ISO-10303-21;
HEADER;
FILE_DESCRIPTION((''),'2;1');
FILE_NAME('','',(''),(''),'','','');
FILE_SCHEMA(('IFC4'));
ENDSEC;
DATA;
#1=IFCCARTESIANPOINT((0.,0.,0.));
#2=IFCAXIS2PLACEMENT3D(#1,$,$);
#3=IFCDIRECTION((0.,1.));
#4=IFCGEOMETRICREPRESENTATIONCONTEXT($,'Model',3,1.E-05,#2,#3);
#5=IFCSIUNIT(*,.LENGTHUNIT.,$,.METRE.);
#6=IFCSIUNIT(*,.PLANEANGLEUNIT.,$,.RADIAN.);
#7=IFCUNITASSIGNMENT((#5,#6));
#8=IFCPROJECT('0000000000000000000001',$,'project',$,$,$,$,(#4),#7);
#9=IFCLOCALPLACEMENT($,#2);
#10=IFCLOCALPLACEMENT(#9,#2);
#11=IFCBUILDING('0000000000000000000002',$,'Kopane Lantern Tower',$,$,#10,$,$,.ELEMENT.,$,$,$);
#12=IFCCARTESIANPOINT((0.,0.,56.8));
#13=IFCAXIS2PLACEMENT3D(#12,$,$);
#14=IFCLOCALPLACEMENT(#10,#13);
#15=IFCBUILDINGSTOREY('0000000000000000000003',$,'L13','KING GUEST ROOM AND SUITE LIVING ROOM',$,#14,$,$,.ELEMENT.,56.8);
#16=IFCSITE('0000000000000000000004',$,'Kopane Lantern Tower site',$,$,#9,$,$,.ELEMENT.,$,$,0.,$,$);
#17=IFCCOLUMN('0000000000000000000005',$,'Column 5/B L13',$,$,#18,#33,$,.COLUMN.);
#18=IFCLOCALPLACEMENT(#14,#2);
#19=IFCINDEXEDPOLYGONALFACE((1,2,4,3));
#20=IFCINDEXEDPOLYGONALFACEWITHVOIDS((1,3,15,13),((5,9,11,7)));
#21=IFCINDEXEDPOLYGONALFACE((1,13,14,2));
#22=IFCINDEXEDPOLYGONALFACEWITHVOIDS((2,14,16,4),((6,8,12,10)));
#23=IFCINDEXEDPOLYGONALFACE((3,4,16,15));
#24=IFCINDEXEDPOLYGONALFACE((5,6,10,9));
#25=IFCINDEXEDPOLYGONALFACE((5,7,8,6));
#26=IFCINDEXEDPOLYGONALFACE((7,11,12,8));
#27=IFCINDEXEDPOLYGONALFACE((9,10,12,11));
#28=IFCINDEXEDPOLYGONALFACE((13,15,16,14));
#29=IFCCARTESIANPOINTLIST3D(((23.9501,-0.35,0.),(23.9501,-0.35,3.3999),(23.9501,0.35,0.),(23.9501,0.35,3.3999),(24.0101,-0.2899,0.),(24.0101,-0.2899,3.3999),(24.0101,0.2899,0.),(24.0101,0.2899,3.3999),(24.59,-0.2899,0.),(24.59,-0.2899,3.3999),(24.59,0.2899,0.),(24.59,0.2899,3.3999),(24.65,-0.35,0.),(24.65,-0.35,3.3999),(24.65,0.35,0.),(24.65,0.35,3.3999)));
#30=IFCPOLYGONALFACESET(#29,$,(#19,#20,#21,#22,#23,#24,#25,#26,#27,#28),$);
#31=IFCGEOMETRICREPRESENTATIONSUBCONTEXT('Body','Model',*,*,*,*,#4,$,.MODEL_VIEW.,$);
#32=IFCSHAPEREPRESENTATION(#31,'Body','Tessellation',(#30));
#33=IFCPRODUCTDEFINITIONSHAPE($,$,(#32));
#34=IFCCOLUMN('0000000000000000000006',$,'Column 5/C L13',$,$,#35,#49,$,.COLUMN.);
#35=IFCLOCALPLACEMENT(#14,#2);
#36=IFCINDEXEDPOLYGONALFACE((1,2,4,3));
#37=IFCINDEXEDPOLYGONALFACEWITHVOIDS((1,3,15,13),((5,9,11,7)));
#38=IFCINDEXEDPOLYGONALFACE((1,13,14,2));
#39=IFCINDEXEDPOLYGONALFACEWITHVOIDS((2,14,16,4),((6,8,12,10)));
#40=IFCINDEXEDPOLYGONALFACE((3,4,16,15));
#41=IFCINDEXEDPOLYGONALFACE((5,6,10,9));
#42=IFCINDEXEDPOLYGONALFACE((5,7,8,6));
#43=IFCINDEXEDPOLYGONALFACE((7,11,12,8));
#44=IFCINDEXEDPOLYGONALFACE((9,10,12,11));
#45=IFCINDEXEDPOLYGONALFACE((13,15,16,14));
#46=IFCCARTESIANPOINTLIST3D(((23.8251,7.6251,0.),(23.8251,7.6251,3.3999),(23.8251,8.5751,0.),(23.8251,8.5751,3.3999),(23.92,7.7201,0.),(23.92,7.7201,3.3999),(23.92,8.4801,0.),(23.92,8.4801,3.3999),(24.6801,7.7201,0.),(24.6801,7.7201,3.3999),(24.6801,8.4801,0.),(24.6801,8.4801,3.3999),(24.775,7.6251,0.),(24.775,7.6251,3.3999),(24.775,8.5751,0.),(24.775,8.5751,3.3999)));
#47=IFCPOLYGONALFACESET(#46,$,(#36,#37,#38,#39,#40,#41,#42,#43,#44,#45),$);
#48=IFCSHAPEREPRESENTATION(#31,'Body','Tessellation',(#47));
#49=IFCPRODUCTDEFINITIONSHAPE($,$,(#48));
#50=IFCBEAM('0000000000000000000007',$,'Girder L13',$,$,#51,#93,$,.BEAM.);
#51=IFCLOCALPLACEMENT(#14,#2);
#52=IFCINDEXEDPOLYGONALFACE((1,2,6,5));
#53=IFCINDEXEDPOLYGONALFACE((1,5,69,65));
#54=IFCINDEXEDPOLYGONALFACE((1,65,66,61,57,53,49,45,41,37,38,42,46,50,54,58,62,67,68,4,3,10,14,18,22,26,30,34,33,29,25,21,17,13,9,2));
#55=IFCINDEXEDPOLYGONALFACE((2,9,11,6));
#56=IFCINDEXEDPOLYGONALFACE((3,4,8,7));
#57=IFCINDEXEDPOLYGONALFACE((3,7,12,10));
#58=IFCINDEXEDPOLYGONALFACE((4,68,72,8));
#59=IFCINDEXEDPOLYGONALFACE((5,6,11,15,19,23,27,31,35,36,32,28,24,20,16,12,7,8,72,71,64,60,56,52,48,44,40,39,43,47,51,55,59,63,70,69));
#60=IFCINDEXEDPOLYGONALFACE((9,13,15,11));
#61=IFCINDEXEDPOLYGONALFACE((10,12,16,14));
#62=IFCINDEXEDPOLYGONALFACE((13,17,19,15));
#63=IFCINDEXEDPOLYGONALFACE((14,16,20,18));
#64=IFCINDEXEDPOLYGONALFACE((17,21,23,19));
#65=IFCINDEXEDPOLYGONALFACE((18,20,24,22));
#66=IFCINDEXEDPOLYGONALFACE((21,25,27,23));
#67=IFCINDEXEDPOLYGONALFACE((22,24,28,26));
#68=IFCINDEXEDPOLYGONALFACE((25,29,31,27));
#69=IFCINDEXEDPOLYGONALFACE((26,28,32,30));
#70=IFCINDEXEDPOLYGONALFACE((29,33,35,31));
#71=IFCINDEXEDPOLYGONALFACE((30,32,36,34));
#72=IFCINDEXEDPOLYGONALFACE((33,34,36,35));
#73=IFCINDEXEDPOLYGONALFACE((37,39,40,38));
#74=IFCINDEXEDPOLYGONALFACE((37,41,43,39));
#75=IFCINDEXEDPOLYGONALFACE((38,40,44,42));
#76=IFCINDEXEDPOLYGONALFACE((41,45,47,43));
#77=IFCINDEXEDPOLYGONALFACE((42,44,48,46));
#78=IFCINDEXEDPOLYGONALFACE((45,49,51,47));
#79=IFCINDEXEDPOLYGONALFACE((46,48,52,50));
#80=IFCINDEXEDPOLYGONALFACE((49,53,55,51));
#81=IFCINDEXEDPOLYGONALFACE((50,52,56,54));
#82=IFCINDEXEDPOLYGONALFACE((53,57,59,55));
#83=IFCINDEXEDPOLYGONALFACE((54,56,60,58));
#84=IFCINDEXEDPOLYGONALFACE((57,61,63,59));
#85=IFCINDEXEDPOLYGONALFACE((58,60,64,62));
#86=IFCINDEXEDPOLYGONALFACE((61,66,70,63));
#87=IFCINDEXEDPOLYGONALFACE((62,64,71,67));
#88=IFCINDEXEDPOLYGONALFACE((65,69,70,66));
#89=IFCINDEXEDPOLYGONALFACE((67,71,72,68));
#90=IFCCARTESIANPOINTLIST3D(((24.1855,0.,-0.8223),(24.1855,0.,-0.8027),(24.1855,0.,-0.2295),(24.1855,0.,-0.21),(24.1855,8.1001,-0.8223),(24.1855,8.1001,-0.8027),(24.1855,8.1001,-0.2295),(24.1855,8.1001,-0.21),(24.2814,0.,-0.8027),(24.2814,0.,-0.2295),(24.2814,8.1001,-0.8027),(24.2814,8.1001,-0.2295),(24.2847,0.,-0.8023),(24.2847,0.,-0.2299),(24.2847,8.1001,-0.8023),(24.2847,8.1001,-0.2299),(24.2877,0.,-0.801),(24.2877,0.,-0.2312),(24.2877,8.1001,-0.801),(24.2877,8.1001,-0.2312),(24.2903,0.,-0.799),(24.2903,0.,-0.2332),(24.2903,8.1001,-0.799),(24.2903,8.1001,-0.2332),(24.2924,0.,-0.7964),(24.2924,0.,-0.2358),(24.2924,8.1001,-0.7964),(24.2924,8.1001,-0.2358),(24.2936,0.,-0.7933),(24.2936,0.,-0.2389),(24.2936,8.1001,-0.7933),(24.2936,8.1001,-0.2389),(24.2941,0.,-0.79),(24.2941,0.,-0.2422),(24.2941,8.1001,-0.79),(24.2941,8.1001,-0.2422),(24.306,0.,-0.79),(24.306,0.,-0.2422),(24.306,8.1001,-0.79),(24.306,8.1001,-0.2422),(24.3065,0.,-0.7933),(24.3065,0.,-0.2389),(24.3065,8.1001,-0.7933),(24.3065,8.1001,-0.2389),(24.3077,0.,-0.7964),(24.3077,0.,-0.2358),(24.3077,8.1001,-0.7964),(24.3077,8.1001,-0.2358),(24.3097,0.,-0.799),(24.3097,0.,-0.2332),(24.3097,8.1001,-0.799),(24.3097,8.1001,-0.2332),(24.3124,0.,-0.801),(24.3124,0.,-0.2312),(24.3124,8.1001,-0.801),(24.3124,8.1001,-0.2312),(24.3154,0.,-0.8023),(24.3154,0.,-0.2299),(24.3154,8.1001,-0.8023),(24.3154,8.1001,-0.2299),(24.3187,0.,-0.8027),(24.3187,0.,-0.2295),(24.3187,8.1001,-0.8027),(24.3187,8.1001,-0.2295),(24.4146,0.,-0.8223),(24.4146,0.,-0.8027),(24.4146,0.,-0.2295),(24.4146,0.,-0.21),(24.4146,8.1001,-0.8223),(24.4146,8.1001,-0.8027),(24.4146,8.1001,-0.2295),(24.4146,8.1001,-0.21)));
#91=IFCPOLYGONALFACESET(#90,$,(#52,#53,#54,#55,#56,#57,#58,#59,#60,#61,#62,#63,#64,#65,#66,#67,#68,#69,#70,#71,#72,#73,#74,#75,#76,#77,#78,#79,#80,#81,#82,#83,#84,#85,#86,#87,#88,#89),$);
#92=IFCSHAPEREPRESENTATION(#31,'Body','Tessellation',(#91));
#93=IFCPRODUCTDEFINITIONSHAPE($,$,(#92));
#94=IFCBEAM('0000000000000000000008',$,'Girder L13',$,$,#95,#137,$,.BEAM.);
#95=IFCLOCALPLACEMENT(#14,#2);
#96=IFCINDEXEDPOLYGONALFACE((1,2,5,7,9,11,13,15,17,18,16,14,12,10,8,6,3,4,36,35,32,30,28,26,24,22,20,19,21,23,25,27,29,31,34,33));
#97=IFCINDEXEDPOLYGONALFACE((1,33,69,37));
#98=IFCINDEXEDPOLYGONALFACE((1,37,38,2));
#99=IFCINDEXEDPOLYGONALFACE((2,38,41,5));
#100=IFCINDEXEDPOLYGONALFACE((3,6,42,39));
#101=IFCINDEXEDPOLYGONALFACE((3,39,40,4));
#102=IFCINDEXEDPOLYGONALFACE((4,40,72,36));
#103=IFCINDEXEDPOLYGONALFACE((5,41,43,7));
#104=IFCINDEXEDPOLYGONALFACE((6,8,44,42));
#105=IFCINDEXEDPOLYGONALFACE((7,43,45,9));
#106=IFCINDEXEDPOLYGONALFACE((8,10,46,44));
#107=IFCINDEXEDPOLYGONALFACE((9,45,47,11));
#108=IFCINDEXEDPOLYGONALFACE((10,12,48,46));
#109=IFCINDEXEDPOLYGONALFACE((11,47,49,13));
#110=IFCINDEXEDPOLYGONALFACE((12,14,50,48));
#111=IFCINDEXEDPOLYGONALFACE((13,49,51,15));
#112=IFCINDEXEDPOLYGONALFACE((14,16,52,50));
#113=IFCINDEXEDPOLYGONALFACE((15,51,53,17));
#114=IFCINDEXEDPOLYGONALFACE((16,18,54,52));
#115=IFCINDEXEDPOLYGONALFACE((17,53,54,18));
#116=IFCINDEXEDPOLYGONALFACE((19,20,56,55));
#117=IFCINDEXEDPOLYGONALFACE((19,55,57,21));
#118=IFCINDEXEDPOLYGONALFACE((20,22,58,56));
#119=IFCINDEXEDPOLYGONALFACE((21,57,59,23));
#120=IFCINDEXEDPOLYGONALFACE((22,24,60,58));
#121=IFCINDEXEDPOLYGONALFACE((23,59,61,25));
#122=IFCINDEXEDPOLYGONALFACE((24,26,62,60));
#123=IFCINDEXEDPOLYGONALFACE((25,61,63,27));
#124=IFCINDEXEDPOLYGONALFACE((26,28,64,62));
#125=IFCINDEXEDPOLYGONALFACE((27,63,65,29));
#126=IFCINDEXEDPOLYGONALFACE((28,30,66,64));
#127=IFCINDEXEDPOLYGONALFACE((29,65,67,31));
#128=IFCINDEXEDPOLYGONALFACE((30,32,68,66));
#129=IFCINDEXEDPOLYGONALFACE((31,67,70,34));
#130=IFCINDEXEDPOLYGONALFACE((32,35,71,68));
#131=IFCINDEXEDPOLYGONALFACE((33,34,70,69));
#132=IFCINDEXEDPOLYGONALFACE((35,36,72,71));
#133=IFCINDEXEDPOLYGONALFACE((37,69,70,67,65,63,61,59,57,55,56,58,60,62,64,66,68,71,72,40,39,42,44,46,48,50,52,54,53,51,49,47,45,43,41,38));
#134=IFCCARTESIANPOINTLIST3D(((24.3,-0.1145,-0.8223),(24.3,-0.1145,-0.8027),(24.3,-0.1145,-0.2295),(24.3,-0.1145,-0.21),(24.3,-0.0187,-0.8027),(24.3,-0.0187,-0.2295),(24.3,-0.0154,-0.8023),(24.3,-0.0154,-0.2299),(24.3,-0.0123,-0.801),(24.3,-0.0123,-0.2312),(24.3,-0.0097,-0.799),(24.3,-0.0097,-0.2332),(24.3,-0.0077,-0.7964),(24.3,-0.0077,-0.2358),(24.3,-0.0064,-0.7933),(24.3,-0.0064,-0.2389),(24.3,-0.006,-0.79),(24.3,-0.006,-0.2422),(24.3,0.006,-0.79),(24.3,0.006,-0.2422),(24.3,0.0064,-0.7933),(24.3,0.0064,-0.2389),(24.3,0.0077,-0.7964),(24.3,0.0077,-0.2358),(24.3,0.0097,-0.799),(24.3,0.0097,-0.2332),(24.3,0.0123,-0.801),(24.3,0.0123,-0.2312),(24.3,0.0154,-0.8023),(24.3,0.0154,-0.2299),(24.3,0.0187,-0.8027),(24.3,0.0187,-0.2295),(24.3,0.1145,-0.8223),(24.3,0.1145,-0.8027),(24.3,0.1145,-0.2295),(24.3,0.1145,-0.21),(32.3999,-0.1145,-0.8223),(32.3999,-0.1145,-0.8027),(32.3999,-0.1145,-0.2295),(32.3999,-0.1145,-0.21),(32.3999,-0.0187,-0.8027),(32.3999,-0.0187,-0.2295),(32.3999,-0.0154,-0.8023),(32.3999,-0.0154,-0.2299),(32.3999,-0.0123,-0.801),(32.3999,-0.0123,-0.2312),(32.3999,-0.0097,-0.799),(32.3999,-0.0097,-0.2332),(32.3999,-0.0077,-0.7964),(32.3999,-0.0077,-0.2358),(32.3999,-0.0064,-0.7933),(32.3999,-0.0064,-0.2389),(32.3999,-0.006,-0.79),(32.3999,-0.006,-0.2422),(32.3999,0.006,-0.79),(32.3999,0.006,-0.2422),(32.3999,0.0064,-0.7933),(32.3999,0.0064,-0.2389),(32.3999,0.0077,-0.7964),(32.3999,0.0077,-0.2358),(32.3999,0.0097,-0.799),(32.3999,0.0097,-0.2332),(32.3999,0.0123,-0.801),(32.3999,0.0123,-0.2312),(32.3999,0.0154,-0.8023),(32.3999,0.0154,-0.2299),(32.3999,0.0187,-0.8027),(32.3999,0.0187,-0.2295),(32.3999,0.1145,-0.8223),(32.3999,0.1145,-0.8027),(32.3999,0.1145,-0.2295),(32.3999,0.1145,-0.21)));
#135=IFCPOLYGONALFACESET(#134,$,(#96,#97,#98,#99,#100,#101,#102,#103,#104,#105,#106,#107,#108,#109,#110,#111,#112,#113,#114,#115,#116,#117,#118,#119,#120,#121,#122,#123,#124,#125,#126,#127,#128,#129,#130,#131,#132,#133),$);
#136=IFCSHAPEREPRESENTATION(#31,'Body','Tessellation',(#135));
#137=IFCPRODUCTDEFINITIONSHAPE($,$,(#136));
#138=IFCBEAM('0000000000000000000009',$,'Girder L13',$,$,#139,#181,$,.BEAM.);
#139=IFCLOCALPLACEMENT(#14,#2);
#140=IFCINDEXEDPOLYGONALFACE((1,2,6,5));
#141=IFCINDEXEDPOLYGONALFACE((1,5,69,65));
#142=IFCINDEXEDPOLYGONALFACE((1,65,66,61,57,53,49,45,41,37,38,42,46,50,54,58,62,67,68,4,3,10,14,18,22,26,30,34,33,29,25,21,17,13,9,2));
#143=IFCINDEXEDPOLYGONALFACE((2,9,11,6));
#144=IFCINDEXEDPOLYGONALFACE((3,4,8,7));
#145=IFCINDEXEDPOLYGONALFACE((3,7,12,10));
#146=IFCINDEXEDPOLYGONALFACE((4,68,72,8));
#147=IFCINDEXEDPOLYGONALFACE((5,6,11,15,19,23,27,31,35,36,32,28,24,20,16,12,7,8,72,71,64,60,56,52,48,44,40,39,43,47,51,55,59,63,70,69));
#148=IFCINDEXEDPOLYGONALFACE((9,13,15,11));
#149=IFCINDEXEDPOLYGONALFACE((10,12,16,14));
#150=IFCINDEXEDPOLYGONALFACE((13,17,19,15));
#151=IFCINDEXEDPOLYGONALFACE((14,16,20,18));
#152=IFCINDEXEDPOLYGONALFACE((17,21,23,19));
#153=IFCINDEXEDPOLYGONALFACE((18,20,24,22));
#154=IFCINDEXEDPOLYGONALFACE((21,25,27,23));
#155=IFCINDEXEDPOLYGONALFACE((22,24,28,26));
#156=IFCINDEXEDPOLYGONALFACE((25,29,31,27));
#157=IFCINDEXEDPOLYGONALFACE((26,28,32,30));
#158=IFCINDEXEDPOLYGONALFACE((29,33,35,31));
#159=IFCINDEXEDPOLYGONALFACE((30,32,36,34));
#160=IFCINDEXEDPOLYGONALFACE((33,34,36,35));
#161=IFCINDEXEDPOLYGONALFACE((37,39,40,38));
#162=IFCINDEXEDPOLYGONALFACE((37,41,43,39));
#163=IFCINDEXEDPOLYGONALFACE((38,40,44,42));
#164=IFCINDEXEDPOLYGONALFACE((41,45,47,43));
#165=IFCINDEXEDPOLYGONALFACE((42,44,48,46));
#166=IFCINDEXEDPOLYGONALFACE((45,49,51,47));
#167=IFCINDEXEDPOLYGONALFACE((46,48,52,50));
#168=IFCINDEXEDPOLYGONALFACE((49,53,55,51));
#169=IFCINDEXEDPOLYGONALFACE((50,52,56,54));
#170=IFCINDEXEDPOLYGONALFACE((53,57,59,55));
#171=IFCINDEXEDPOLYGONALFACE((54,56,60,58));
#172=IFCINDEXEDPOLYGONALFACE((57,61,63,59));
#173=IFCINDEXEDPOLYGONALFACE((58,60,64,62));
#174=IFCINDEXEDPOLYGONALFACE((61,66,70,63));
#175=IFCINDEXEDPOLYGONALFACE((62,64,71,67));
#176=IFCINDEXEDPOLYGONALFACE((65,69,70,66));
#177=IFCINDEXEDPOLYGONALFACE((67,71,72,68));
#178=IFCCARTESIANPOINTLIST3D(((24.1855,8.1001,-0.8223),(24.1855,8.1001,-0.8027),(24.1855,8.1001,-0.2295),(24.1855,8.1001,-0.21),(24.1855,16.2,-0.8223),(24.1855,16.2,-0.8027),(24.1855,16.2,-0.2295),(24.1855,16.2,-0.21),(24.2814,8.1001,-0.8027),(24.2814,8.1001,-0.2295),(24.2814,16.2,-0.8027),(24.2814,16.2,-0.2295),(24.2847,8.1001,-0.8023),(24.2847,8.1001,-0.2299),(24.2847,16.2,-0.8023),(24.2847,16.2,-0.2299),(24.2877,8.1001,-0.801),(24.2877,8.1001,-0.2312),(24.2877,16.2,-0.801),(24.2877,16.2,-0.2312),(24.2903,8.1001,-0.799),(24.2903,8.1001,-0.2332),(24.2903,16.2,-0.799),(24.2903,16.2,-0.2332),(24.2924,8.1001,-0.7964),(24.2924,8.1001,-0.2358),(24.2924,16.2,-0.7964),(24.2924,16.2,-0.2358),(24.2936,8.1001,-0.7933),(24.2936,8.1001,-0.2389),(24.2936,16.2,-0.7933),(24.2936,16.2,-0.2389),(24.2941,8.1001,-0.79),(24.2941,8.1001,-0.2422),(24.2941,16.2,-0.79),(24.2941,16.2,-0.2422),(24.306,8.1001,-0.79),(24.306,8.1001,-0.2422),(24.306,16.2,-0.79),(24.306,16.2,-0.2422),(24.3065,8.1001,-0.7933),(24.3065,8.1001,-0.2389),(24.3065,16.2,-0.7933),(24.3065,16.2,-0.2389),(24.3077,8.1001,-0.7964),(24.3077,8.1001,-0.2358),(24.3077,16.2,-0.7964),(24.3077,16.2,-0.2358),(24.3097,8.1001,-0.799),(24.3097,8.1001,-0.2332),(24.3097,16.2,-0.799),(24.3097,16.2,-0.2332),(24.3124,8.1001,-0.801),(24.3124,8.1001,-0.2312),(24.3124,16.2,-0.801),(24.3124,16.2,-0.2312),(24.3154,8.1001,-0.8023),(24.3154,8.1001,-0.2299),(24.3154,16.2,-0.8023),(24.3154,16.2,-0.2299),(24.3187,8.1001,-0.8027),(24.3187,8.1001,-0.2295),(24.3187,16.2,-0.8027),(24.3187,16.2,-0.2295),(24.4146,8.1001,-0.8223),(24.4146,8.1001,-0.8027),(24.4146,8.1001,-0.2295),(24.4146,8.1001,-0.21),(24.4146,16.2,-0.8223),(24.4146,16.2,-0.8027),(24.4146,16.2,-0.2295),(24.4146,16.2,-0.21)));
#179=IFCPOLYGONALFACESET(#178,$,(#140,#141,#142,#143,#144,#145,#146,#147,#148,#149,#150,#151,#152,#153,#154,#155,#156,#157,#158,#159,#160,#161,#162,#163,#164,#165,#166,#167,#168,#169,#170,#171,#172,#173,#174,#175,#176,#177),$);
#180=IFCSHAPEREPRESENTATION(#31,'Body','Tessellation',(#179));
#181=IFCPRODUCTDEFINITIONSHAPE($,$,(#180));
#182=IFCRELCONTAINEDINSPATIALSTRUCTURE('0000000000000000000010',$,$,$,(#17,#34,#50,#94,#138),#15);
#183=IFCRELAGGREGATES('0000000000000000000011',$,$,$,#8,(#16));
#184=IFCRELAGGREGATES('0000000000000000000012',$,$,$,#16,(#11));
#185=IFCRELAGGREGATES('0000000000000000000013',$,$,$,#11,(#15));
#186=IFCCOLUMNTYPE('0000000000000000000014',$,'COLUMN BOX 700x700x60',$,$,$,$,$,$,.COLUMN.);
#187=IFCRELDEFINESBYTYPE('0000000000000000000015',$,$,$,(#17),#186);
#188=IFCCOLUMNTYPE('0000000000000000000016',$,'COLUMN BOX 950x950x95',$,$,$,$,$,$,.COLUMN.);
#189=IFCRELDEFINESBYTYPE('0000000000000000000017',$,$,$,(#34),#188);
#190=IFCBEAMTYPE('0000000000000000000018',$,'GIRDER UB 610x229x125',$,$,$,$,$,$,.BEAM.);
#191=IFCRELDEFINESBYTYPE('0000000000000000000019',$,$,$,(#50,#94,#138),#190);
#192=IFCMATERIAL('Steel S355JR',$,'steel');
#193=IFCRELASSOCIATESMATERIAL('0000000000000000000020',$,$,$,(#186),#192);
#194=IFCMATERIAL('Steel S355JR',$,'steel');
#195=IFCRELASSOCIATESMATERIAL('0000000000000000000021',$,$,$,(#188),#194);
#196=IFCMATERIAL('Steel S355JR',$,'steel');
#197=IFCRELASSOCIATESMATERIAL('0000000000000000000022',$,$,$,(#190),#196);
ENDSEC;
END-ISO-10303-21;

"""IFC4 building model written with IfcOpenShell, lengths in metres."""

from ifc_helpers import new_model, si_unit, direction, frame, origin, origin_2d, place, context, subcontext, project, spatial, hollow_rectangle, i_section, extrude, material, material_profile, profile_set, type_object, element, save


model = new_model("IFC4")

# Units and contexts
model_context = context("Model", 3, precision=1e-05, world=origin(), true_north=direction((0.0, 1.0)))
body_context = subcontext(model_context, "Body", "Model", "MODEL_VIEW")
ifc_project = project(units=[si_unit("LENGTHUNIT", "METRE"), si_unit("PLANEANGLEUNIT", "RADIAN")], contexts=[model_context])

# Site, building, storey
site_placement = place(None, origin())
site = spatial("IfcSite", under=ifc_project, at=site_placement, Name="Kopane Lantern Tower site", CompositionType="ELEMENT", RefElevation=0.0)
building_placement = place(site_placement, origin())
building = spatial("IfcBuilding", under=site, at=building_placement, Name="Kopane Lantern Tower", CompositionType="ELEMENT")
storey_placement = place(building_placement, frame((0.0, 0.0, 56.8)))
storey = spatial("IfcBuildingStorey", under=building, at=storey_placement, Name="L13", Description="KING GUEST ROOM AND SUITE LIVING ROOM", CompositionType="ELEMENT", Elevation=56.8)

# Columns
ifc_material_1 = material(Name="Steel S355JR", Category="steel")
ifc_material_profile_1 = material_profile(ifc_material_1, hollow_rectangle(XDim=0.7, YDim=0.7, WallThickness=0.0601, at=origin_2d()), Name="BOX 700x700x60")
ifc_profile_set_1 = profile_set([ifc_material_profile_1], Name="Steel S355JR")
column_type_1 = type_object("IfcColumnType", Name="COLUMN BOX 700x700x60", PredefinedType="COLUMN", material=ifc_profile_set_1)
column_1_placement = place(storey_placement, frame((24.3, 0.0, 0.0), z_axis=(0.0, 0.0, 1.0), x_axis=(1.0, 0.0, 0.0)))
element("IfcColumn", 1, at=column_1_placement, inside=storey, type_object=column_type_1, Name="Column 5/B L13", PredefinedType="COLUMN", context=body_context, shape_type="SweptSolid", body=[
    extrude(hollow_rectangle(XDim=0.7, YDim=0.7, WallThickness=0.0601, at=origin_2d()), origin(), (0.0, 0.0, 1.0), 3.3999),
])
ifc_material_2 = material(Name="Steel S355JR", Category="steel")
ifc_material_profile_2 = material_profile(ifc_material_2, hollow_rectangle(XDim=0.95, YDim=0.95, WallThickness=0.095, at=origin_2d()), Name="BOX 950x950x95")
ifc_profile_set_2 = profile_set([ifc_material_profile_2], Name="Steel S355JR")
column_type_2 = type_object("IfcColumnType", Name="COLUMN BOX 950x950x95", PredefinedType="COLUMN", material=ifc_profile_set_2)
column_2_placement = place(storey_placement, frame((24.3, 8.1001, 0.0), z_axis=(0.0, 0.0, 1.0), x_axis=(1.0, 0.0, 0.0)))
element("IfcColumn", 2, at=column_2_placement, inside=storey, type_object=column_type_2, Name="Column 5/C L13", PredefinedType="COLUMN", context=body_context, shape_type="SweptSolid", body=[
    extrude(hollow_rectangle(XDim=0.95, YDim=0.95, WallThickness=0.095, at=origin_2d()), origin(), (0.0, 0.0, 1.0), 3.3999),
])

# Beams
ifc_material_3 = material(Name="Steel S355JR", Category="steel")
ifc_material_profile_3 = material_profile(ifc_material_3, i_section(OverallWidth=0.229, OverallDepth=0.6123, WebThickness=0.012, FlangeThickness=0.0195, FilletRadius=0.0127, at=origin_2d()), Name="UB 610x229x125")
ifc_profile_set_3 = profile_set([ifc_material_profile_3], Name="Steel S355JR")
beam_type = type_object("IfcBeamType", Name="GIRDER UB 610x229x125", PredefinedType="BEAM", material=ifc_profile_set_3)
beam_placement = place(storey_placement, frame((24.3, 0.0, -0.5161), z_axis=(0.0, 1.0, 0.0), x_axis=(-1.0, 0.0, 0.0)))
element("IfcBeam", 3, at=beam_placement, inside=storey, type_object=beam_type, Name="Girder L13", PredefinedType="BEAM", context=body_context, shape_type="SweptSolid", body=[
    extrude(i_section(OverallWidth=0.229, OverallDepth=0.6123, WebThickness=0.012, FlangeThickness=0.0195, FilletRadius=0.0127, at=origin_2d()), origin(), (0.0, 0.0, 1.0), 8.1001),
])
for number, where, z_axis, x_axis, name in (
    (4, (24.3, 0.0, -0.5161), (1.0, 0.0, 0.0), (0.0, 1.0, 0.0), "Girder L13"),
    (5, (24.3, 8.1001, -0.5161), (0.0, 1.0, 0.0), (-1.0, 0.0, 0.0), "Girder L13"),
):
    element("IfcBeam", number, at=place(storey_placement, frame(where, z_axis=z_axis, x_axis=x_axis)), inside=storey, type_object=beam_type, Name=name, PredefinedType="BEAM", context=body_context, shape_type="SweptSolid", body=[
        extrude(i_section(OverallWidth=0.229, OverallDepth=0.6123, WebThickness=0.012, FlangeThickness=0.0195, FilletRadius=0.0127, at=origin_2d()), origin(), (0.0, 0.0, 1.0), 8.0999),
    ])

save(model, "model.ifc")
